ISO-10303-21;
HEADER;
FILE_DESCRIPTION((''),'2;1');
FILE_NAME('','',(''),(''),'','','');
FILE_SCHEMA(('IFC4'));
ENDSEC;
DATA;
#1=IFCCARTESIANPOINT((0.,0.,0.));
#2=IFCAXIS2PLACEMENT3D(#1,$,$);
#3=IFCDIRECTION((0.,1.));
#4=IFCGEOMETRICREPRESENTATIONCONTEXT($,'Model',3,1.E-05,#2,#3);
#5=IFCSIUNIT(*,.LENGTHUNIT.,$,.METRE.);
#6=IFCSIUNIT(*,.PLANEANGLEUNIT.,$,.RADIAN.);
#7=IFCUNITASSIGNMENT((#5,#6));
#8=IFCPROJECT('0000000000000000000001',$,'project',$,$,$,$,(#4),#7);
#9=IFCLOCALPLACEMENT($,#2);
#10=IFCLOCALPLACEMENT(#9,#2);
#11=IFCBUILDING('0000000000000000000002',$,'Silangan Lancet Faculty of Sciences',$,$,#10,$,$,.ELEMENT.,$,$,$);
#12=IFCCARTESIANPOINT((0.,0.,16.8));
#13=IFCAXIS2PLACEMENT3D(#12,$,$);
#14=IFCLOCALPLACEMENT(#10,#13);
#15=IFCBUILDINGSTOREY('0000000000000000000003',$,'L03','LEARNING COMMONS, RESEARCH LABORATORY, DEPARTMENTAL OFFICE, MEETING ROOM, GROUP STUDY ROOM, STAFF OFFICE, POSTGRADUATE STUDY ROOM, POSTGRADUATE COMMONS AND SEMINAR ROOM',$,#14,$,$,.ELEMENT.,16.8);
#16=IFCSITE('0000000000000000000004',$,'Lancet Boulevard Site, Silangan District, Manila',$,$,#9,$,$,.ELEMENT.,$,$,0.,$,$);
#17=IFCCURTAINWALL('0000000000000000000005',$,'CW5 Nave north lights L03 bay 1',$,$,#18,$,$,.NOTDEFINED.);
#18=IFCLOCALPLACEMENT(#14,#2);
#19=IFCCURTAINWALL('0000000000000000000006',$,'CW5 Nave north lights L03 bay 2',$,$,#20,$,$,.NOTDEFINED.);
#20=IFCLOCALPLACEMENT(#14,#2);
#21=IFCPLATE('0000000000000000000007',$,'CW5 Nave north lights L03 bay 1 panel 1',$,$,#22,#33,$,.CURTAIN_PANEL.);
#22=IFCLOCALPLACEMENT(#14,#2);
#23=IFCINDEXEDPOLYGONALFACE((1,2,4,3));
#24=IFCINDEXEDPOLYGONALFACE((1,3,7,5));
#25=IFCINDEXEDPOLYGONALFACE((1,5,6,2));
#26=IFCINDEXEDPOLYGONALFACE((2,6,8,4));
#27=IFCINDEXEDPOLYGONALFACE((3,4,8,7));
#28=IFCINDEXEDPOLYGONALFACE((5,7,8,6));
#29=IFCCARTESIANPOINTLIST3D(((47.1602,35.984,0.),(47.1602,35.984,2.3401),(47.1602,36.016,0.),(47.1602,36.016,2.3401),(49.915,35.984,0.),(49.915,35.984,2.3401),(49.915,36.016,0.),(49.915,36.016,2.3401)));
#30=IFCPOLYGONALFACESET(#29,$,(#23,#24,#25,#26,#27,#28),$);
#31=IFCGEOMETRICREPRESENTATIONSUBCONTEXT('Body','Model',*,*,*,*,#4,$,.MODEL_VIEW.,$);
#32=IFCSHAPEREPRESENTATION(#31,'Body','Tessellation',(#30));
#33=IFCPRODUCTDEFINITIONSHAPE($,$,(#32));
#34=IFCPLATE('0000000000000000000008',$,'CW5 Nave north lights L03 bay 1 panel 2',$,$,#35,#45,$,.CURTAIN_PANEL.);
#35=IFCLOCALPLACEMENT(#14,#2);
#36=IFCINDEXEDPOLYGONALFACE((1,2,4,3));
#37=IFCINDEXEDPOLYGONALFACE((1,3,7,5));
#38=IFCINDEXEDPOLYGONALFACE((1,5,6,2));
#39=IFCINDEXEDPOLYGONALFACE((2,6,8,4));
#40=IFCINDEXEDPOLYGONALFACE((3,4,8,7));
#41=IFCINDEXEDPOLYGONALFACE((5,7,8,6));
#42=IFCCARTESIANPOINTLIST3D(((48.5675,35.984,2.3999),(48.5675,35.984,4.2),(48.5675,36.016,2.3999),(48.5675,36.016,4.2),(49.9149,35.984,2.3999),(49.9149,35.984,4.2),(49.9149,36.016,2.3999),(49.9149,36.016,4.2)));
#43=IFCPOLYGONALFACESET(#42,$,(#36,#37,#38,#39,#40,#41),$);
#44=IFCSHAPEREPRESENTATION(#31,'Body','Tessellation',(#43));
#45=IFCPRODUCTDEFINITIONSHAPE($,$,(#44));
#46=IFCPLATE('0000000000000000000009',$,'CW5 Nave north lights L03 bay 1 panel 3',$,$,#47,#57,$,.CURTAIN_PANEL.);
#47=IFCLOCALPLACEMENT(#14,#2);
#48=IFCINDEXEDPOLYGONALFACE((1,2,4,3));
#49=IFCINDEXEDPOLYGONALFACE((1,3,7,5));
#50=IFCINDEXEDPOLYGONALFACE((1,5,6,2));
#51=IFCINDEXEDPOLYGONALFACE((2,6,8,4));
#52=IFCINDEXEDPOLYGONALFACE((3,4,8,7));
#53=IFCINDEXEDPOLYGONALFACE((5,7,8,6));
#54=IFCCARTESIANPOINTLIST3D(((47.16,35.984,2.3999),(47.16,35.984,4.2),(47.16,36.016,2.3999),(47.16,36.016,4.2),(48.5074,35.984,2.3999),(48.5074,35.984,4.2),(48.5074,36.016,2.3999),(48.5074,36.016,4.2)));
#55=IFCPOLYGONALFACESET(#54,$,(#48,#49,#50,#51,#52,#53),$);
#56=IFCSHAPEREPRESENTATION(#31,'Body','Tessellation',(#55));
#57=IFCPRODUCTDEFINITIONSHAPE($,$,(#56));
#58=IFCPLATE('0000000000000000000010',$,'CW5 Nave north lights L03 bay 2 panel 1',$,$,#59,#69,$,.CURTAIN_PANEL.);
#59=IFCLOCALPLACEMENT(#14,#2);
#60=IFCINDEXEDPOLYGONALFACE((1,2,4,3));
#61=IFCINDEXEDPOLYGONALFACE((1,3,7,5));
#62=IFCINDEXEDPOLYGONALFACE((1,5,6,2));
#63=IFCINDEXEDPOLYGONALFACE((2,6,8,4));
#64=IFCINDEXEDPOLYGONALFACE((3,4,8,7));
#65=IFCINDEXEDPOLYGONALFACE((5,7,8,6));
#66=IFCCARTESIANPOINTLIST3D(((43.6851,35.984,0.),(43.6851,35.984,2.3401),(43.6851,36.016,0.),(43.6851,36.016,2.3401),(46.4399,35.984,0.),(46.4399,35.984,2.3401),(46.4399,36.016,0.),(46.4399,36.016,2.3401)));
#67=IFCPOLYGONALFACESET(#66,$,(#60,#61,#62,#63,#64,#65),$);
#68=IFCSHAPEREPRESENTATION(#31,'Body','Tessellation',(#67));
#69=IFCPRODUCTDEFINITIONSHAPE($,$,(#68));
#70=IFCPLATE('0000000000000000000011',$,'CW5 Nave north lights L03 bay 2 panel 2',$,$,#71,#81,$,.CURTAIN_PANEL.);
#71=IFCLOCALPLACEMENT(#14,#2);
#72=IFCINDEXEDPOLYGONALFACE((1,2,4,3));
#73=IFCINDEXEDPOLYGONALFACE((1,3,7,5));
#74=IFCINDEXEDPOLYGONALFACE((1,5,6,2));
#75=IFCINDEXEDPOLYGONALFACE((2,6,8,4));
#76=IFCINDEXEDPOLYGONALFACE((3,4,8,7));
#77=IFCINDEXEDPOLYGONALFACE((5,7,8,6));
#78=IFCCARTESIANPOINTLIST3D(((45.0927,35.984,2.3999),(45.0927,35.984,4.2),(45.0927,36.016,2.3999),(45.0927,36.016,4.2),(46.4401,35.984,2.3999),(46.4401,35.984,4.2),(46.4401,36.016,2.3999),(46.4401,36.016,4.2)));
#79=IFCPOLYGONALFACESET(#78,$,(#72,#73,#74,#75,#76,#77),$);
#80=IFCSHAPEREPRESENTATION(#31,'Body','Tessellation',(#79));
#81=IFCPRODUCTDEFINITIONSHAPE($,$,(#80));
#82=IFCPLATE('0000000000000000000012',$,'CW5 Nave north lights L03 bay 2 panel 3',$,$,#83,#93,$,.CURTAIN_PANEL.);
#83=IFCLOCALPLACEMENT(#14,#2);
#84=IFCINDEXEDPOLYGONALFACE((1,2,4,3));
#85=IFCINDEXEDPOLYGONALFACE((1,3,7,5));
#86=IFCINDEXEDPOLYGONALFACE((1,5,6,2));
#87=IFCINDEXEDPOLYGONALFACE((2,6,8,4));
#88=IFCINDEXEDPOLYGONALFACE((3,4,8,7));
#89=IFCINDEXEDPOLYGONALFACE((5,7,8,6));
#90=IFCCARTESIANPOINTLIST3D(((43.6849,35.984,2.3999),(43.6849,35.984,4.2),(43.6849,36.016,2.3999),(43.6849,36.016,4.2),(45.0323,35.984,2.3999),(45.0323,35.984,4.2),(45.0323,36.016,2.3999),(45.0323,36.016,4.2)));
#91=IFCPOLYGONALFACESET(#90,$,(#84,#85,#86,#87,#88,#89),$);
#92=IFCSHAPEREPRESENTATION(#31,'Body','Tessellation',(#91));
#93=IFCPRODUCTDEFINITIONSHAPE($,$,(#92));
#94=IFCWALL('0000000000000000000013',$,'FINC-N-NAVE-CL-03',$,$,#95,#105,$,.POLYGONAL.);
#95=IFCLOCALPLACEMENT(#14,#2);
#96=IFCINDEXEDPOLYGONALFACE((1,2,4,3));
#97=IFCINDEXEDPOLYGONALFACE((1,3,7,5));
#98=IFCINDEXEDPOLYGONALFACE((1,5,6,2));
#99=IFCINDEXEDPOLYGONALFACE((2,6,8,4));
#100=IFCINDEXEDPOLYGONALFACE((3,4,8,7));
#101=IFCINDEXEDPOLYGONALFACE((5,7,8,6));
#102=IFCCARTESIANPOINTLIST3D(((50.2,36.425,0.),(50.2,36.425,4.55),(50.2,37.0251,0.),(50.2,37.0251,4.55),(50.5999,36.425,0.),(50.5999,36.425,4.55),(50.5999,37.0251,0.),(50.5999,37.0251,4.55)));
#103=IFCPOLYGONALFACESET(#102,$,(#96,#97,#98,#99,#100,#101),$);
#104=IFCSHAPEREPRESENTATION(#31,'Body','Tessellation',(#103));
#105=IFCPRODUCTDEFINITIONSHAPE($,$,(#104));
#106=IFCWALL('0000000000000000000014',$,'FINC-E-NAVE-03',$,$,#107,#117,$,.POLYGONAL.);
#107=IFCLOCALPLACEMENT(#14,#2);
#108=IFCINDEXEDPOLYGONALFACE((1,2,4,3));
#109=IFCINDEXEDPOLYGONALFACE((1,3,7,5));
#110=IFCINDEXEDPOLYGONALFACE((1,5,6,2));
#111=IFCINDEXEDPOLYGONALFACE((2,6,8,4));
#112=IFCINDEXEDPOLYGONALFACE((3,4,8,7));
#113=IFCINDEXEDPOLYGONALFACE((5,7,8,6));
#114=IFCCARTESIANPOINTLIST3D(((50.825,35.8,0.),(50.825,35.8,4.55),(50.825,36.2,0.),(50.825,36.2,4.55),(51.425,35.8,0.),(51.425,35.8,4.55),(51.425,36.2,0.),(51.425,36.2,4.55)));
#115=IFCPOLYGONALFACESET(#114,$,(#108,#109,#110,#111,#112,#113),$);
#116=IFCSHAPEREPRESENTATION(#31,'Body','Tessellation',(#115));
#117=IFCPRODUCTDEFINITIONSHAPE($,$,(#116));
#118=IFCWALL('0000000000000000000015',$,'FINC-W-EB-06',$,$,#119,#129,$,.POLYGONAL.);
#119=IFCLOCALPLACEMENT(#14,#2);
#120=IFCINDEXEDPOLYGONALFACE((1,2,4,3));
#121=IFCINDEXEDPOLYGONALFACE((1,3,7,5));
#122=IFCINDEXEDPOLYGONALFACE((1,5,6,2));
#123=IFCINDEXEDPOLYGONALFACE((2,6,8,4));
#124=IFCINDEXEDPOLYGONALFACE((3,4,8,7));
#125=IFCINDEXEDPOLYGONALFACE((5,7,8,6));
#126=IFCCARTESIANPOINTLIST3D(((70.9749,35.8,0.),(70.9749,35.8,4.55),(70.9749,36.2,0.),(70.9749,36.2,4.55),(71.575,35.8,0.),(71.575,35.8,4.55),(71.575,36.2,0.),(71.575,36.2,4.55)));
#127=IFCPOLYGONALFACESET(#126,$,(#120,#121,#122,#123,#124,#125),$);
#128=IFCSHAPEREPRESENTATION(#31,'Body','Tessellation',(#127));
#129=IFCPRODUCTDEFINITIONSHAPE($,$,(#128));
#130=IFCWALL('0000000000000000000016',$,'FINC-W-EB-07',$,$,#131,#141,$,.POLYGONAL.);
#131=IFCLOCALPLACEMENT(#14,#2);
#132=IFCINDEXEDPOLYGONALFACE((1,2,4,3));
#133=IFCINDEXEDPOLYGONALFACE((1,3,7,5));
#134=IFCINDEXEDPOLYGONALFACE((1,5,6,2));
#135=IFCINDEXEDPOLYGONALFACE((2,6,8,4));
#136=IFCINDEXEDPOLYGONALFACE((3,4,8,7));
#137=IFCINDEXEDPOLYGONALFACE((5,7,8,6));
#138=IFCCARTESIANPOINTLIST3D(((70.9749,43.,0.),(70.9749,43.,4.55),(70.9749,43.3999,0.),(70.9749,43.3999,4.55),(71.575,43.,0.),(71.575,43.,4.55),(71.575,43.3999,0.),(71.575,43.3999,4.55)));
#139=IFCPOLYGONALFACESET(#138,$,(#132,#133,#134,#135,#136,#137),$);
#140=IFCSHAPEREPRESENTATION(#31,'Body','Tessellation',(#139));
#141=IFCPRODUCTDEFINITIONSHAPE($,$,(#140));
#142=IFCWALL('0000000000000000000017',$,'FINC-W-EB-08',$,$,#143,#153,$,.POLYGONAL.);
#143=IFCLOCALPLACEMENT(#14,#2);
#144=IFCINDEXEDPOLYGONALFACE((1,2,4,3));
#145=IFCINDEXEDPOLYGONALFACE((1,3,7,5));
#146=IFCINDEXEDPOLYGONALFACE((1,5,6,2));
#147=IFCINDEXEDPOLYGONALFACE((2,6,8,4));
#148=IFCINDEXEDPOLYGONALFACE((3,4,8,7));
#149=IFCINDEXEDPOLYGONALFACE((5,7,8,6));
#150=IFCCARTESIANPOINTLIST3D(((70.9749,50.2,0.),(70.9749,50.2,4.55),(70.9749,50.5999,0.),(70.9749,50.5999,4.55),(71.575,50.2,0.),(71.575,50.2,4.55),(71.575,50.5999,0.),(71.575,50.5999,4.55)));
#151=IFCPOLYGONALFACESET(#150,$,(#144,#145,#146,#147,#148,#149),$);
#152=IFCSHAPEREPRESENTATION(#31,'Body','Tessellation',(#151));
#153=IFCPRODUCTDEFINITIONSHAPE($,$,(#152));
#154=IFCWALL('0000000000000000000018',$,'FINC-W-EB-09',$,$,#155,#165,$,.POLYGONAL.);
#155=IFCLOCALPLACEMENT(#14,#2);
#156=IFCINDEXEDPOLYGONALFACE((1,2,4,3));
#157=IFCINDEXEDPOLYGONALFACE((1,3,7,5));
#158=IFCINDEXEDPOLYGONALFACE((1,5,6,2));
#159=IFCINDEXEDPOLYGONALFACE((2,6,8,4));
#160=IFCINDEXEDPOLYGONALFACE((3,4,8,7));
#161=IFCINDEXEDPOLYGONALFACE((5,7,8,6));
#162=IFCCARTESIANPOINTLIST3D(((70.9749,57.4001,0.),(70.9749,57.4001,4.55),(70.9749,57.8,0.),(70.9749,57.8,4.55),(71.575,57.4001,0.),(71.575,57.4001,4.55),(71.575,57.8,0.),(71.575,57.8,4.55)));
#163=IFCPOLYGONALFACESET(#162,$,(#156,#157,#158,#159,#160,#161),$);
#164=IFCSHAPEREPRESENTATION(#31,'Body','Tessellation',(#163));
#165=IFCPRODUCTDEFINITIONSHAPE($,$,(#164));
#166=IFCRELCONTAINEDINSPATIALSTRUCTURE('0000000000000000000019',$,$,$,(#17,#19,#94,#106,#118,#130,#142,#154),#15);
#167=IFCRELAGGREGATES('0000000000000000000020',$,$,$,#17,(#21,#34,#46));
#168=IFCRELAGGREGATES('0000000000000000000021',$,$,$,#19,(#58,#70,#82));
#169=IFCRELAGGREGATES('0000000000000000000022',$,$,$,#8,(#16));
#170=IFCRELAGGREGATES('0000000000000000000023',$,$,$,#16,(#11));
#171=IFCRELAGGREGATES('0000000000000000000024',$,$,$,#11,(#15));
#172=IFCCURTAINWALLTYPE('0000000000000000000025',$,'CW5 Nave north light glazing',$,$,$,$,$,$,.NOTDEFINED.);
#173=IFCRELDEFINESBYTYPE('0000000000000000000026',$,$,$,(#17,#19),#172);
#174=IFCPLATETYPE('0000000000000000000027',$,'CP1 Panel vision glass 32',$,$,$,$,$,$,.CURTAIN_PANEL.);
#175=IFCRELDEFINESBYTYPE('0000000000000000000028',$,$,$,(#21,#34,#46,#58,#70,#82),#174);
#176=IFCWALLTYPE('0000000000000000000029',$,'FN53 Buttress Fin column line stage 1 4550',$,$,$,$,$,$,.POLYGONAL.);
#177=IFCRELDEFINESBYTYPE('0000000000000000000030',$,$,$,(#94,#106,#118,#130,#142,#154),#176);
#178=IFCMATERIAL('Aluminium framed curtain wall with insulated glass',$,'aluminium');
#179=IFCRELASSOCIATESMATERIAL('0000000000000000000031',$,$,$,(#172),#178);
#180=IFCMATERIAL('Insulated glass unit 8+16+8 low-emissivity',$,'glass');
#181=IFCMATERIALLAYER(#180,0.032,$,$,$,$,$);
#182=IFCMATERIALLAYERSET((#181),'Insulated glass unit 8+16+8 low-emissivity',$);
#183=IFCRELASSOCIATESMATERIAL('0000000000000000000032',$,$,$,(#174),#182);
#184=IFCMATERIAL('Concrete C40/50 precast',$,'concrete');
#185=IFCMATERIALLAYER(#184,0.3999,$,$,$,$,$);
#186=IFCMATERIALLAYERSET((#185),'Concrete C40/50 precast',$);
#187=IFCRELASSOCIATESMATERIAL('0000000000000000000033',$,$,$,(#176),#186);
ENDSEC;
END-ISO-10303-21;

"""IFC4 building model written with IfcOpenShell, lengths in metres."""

from ifc_helpers import new_model, si_unit, direction, frame, origin, origin_2d, place, context, subcontext, project, spatial, polyline, rectangle, outline, extrude, material, layer, layer_set, type_object, element, aggregate, save


model = new_model("IFC4")

# Units and contexts
model_context = context("Model", 3, precision=1e-05, world=origin(), true_north=direction((0.0, 1.0)))
body_context = subcontext(model_context, "Body", "Model", "MODEL_VIEW")
ifc_project = project(units=[si_unit("LENGTHUNIT", "METRE"), si_unit("PLANEANGLEUNIT", "RADIAN")], contexts=[model_context])

# Site, building, storey
site_placement = place(None, origin())
site = spatial("IfcSite", under=ifc_project, at=site_placement, Name="Lancet Boulevard Site, Silangan District, Manila", CompositionType="ELEMENT", RefElevation=0.0)
building_placement = place(site_placement, origin())
building = spatial("IfcBuilding", under=site, at=building_placement, Name="Silangan Lancet Faculty of Sciences", CompositionType="ELEMENT")
storey_placement = place(building_placement, frame((0.0, 0.0, 16.8)))
storey = spatial("IfcBuildingStorey", under=building, at=storey_placement, Name="L03", Description="LEARNING COMMONS, RESEARCH LABORATORY, DEPARTMENTAL OFFICE, MEETING ROOM, GROUP STUDY ROOM, STAFF OFFICE, POSTGRADUATE STUDY ROOM, POSTGRADUATE COMMONS AND SEMINAR ROOM", CompositionType="ELEMENT", Elevation=16.8)

# Curtain walls
ifc_material_1 = material(Name="Aluminium framed curtain wall with insulated glass", Category="aluminium")
curtain_wall_type = type_object("IfcCurtainWallType", Name="CW5 Nave north light glazing", PredefinedType="NOTDEFINED", material=ifc_material_1)
curtain_wall_1_placement = place(storey_placement, origin())
curtain_wall_1 = element("IfcCurtainWall", 1, at=curtain_wall_1_placement, inside=storey, type_object=curtain_wall_type, Name="CW5 Nave north lights L03 bay 1", PredefinedType="NOTDEFINED")
curtain_wall_2_placement = place(storey_placement, origin())
curtain_wall_2 = element("IfcCurtainWall", 2, at=curtain_wall_2_placement, inside=storey, type_object=curtain_wall_type, Name="CW5 Nave north lights L03 bay 2", PredefinedType="NOTDEFINED")

# Plates
ifc_material_2 = material(Name="Insulated glass unit 8+16+8 low-emissivity", Category="glass")
ifc_layer_1 = layer(ifc_material_2, 0.032)
ifc_layer_set_1 = layer_set([ifc_layer_1], Name="Insulated glass unit 8+16+8 low-emissivity")
plate_type = type_object("IfcPlateType", Name="CP1 Panel vision glass 32", PredefinedType="CURTAIN_PANEL", material=ifc_layer_set_1)
plate_1_placement = place(storey_placement, frame((48.5376, 36.0, 0.0), z_axis=(0.0, 0.0, 1.0), x_axis=(-1.0, 0.0, 0.0)))
plate_1 = element("IfcPlate", 3, at=plate_1_placement, type_object=plate_type, Name="CW5 Nave north lights L03 bay 1 panel 1", PredefinedType="CURTAIN_PANEL", context=body_context, shape_type="SweptSolid", body=[
    extrude(rectangle(XDim=2.7549, YDim=0.032, at=origin_2d()), origin(), (0.0, 0.0, 1.0), 2.3401),
])
plate_2_placement = place(storey_placement, frame((49.2412, 36.0, 2.3999), z_axis=(0.0, 0.0, 1.0), x_axis=(-1.0, 0.0, 0.0)))
plate_2 = element("IfcPlate", 4, at=plate_2_placement, type_object=plate_type, Name="CW5 Nave north lights L03 bay 1 panel 2", PredefinedType="CURTAIN_PANEL", context=body_context, shape_type="SweptSolid", body=[
    extrude(rectangle(XDim=1.3474, YDim=0.032, at=origin_2d()), origin(), (0.0, 0.0, 1.0), 1.8),
])
plate_3_placement = place(storey_placement, frame((47.8337, 36.0, 2.3999), z_axis=(0.0, 0.0, 1.0), x_axis=(-1.0, 0.0, 0.0)))
plate_3 = element("IfcPlate", 5, at=plate_3_placement, type_object=plate_type, Name="CW5 Nave north lights L03 bay 1 panel 3", PredefinedType="CURTAIN_PANEL", context=body_context, shape_type="SweptSolid", body=[
    extrude(rectangle(XDim=1.3474, YDim=0.032, at=origin_2d()), origin(), (0.0, 0.0, 1.0), 1.8),
])
aggregate(curtain_wall_1, [plate_1, plate_2, plate_3])
plate_4_placement = place(storey_placement, frame((45.0625, 36.0, 0.0), z_axis=(0.0, 0.0, 1.0), x_axis=(-1.0, 0.0, 0.0)))
plate_4 = element("IfcPlate", 6, at=plate_4_placement, type_object=plate_type, Name="CW5 Nave north lights L03 bay 2 panel 1", PredefinedType="CURTAIN_PANEL", context=body_context, shape_type="SweptSolid", body=[
    extrude(rectangle(XDim=2.7549, YDim=0.032, at=origin_2d()), origin(), (0.0, 0.0, 1.0), 2.3401),
])
plate_5_placement = place(storey_placement, frame((45.7664, 36.0, 2.3999), z_axis=(0.0, 0.0, 1.0), x_axis=(-1.0, 0.0, 0.0)))
plate_5 = element("IfcPlate", 7, at=plate_5_placement, type_object=plate_type, Name="CW5 Nave north lights L03 bay 2 panel 2", PredefinedType="CURTAIN_PANEL", context=body_context, shape_type="SweptSolid", body=[
    extrude(rectangle(XDim=1.3474, YDim=0.032, at=origin_2d()), origin(), (0.0, 0.0, 1.0), 1.8),
])
plate_6_placement = place(storey_placement, frame((44.3586, 36.0, 2.3999), z_axis=(0.0, 0.0, 1.0), x_axis=(-1.0, 0.0, 0.0)))
plate_6 = element("IfcPlate", 8, at=plate_6_placement, type_object=plate_type, Name="CW5 Nave north lights L03 bay 2 panel 3", PredefinedType="CURTAIN_PANEL", context=body_context, shape_type="SweptSolid", body=[
    extrude(rectangle(XDim=1.3474, YDim=0.032, at=origin_2d()), origin(), (0.0, 0.0, 1.0), 1.8),
])
aggregate(curtain_wall_2, [plate_4, plate_5, plate_6])

# Walls
ifc_material_3 = material(Name="Concrete C40/50 precast", Category="concrete")
ifc_layer_2 = layer(ifc_material_3, 0.3999)
ifc_layer_set_2 = layer_set([ifc_layer_2], Name="Concrete C40/50 precast")
wall_type = type_object("IfcWallType", Name="FN53 Buttress Fin column line stage 1 4550", PredefinedType="POLYGONAL", material=ifc_layer_set_2)
for number, where, z_axis, x_axis, name in (
    (9, (50.3999, 36.425, 0.0), (0.0, 0.0, 1.0), (0.0, 1.0, 0.0), "FINC-N-NAVE-CL-03"),
    (10, (50.825, 36.0, 0.0), (0.0, 0.0, 1.0), (1.0, 0.0, 0.0), "FINC-E-NAVE-03"),
    (11, (71.575, 36.0, 0.0), (0.0, 0.0, 1.0), (-1.0, 0.0, 0.0), "FINC-W-EB-06"),
    (12, (71.575, 43.2, 0.0), (0.0, 0.0, 1.0), (-1.0, 0.0, 0.0), "FINC-W-EB-07"),
    (13, (71.575, 50.3999, 0.0), (0.0, 0.0, 1.0), (-1.0, 0.0, 0.0), "FINC-W-EB-08"),
    (14, (71.575, 57.6001, 0.0), (0.0, 0.0, 1.0), (-1.0, 0.0, 0.0), "FINC-W-EB-09"),
):
    element("IfcWall", number, at=place(storey_placement, frame(where, z_axis=z_axis, x_axis=x_axis)), inside=storey, type_object=wall_type, Name=name, PredefinedType="POLYGONAL", context=body_context, shape_type="SweptSolid", body=[
        extrude(outline(polyline([(0.6001, 0.0), (0.6001, 4.55), (0.0, 4.55), (0.0, 0.0), (0.6001, 0.0)])), frame((0.0, 0.2, 0.0), z_axis=(0.0, -1.0, 0.0), x_axis=(1.0, 0.0, 0.0)), (0.0, 0.0, 1.0), 0.3999),
    ])

save(model, "model.ifc")
